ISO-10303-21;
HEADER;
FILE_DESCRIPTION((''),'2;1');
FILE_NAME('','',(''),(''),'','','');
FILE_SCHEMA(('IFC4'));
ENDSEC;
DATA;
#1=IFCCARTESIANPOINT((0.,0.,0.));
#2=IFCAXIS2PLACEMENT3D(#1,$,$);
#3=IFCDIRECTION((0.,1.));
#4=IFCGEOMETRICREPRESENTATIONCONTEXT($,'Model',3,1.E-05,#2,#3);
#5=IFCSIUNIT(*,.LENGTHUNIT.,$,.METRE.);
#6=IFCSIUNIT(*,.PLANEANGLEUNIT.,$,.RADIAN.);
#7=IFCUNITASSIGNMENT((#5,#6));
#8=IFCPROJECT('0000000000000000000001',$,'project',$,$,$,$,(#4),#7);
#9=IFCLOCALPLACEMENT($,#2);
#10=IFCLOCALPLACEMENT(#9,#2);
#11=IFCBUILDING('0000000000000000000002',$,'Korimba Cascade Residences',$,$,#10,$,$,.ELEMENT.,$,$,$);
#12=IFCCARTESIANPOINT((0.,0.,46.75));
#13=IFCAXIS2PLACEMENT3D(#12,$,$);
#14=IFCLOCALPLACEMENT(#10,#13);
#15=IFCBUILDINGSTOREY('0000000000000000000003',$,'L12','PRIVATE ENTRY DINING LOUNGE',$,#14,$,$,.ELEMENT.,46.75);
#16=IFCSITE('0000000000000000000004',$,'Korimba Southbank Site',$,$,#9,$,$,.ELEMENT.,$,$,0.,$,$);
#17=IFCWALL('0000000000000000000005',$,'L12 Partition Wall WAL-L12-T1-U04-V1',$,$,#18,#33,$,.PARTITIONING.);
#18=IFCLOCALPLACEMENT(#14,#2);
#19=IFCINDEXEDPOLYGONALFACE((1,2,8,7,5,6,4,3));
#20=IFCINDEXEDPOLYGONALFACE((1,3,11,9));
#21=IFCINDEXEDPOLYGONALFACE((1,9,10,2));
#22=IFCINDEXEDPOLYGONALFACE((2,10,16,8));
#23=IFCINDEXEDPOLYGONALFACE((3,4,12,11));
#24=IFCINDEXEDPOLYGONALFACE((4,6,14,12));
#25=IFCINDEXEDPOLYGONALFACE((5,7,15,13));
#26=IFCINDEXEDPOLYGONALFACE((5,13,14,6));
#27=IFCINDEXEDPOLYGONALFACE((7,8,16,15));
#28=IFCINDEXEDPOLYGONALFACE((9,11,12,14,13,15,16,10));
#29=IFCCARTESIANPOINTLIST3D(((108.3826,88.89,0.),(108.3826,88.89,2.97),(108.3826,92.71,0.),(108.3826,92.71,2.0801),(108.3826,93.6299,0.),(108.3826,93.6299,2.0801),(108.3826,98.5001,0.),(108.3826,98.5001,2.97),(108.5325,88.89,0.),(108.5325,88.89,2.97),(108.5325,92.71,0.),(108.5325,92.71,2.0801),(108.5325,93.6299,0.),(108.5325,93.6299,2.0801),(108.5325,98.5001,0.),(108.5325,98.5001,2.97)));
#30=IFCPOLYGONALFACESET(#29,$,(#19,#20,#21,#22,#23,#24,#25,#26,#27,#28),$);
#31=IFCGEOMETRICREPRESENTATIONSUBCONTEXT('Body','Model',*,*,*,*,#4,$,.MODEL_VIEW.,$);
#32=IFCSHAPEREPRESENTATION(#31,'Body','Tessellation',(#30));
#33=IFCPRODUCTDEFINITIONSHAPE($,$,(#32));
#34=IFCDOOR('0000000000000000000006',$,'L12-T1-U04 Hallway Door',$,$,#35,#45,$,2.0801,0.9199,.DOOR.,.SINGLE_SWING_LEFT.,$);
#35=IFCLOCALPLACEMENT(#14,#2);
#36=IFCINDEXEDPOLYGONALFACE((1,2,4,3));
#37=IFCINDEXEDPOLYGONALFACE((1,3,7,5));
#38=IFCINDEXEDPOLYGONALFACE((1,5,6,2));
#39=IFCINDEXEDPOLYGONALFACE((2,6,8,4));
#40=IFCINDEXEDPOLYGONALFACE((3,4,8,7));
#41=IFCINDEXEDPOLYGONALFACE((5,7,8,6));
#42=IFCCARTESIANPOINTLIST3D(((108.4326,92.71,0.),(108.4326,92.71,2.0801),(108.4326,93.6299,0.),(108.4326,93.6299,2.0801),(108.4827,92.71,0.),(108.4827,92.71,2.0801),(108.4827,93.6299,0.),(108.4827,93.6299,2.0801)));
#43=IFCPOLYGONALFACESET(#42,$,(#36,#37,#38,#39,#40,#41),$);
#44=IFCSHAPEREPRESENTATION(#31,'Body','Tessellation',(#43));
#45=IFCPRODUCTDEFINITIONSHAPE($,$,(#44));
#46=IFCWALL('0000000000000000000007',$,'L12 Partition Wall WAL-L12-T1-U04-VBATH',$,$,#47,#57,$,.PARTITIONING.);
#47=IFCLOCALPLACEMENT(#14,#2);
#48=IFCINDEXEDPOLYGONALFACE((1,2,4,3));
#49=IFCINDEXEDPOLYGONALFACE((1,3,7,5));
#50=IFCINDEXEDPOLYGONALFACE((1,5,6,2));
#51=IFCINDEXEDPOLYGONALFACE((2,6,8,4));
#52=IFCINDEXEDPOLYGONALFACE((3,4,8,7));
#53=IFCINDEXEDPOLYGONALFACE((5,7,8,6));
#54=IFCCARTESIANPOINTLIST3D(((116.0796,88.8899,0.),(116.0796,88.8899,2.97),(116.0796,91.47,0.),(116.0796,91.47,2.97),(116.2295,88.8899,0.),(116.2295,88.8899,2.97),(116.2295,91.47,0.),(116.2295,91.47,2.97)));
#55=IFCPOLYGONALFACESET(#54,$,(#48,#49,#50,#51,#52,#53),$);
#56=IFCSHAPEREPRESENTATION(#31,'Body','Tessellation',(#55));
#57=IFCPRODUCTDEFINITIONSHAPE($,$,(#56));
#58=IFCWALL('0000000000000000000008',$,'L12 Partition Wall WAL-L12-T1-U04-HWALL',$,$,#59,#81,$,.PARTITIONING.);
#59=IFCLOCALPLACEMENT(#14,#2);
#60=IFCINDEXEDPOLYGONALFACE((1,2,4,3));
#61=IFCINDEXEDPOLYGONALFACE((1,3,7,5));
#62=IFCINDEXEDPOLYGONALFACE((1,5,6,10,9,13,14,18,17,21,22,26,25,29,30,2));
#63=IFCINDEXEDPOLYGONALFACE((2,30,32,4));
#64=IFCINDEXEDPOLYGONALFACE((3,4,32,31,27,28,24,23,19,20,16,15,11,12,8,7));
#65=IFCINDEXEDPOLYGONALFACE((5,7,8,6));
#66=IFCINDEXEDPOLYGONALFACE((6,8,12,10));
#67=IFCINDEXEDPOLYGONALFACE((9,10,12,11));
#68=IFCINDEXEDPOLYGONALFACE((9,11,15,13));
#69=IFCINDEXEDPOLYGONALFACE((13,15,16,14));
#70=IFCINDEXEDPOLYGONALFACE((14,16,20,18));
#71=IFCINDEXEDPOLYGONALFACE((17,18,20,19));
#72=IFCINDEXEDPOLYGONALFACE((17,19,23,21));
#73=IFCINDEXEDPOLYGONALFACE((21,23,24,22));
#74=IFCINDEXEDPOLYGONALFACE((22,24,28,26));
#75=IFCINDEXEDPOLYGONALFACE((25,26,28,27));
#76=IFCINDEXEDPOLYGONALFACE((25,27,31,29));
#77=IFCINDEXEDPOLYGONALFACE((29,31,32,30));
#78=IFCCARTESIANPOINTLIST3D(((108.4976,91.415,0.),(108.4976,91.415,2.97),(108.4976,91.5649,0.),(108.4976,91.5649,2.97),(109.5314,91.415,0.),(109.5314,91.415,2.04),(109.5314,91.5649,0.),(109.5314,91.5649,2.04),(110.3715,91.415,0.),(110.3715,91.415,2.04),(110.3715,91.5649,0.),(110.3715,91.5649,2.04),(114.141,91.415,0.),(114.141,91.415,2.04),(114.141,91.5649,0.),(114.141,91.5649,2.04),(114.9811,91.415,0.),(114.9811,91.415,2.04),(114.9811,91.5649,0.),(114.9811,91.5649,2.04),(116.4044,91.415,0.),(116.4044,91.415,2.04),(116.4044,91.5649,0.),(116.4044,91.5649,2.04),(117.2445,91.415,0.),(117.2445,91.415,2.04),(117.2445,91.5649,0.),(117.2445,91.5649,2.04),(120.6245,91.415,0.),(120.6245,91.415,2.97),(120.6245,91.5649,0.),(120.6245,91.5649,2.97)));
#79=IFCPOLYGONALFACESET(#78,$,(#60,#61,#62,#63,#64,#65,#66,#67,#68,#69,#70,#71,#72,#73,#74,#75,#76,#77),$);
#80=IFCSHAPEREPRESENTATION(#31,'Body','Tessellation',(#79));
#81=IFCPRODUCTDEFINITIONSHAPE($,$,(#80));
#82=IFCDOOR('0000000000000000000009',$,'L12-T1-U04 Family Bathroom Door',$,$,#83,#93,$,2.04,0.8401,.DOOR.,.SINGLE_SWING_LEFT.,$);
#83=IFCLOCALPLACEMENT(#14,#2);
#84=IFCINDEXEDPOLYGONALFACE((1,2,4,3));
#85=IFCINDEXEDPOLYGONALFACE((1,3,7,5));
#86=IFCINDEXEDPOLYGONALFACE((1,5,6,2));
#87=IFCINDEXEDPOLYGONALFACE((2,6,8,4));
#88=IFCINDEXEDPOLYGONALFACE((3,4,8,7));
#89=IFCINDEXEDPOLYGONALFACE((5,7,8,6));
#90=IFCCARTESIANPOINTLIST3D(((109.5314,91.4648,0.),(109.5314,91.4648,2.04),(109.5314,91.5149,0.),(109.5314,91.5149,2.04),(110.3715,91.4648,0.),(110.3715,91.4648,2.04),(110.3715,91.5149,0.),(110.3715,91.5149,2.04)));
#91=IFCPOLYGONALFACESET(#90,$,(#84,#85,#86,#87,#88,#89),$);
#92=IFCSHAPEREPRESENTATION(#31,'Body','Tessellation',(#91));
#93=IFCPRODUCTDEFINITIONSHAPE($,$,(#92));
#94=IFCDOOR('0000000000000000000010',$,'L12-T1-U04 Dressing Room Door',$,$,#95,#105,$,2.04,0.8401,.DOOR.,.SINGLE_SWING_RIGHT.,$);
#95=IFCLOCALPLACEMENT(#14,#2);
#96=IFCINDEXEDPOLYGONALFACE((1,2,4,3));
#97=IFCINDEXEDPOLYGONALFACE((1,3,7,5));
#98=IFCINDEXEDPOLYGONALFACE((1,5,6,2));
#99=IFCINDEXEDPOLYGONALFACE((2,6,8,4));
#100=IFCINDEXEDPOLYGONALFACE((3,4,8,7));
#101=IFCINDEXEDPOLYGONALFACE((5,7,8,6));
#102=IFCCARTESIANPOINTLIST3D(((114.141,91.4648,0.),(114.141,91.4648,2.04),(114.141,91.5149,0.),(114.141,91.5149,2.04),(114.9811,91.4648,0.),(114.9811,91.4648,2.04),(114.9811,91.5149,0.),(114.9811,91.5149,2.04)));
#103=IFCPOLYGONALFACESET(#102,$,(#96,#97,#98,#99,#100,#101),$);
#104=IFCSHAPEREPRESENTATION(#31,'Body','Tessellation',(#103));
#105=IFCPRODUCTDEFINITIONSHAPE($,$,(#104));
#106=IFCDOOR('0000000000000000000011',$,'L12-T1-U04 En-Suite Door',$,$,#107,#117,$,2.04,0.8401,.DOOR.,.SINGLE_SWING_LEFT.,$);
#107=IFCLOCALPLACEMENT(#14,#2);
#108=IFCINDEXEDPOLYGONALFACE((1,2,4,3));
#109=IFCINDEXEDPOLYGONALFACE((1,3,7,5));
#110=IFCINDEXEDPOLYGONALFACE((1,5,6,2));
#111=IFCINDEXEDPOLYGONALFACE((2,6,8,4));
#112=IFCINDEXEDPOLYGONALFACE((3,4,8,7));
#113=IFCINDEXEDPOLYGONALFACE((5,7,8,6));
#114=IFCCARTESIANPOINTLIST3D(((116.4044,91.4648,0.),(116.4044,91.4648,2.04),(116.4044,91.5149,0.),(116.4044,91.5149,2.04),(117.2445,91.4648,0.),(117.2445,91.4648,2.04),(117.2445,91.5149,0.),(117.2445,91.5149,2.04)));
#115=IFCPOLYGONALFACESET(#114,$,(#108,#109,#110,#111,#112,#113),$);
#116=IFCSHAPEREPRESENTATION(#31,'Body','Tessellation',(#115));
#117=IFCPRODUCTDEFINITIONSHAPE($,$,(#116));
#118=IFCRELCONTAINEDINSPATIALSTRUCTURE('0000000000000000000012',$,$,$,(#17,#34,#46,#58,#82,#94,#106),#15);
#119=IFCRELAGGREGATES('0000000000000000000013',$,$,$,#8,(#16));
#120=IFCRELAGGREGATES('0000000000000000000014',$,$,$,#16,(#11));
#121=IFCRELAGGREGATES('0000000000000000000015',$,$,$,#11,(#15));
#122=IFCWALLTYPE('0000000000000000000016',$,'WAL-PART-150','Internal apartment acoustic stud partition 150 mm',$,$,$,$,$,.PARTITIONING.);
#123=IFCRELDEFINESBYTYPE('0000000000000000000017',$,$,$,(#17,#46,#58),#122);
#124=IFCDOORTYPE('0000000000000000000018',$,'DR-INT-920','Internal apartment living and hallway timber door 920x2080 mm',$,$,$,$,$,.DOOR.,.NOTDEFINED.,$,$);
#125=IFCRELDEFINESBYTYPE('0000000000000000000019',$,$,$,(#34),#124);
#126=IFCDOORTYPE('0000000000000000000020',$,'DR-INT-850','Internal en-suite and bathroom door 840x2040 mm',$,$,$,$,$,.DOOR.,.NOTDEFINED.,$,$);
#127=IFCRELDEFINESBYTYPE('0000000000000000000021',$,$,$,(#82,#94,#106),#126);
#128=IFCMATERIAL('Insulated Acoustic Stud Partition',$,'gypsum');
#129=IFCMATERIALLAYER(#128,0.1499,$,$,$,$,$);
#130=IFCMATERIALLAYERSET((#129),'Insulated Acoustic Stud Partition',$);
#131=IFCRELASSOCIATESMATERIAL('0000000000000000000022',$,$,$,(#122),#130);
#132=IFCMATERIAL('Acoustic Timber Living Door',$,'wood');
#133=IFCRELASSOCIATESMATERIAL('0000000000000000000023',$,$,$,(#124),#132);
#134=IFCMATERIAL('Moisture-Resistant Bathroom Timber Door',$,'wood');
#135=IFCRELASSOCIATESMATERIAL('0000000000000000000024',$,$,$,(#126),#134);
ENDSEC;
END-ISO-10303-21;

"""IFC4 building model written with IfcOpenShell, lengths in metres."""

from ifc_helpers import new_model, si_unit, direction, frame, frame_2d, origin, place, context, subcontext, project, spatial, rectangle, extrude, material, layer, layer_set, type_object, element, fill, save


model = new_model("IFC4")

# Units and contexts
model_context = context("Model", 3, precision=1e-05, world=origin(), true_north=direction((0.0, 1.0)))
body_context = subcontext(model_context, "Body", "Model", "MODEL_VIEW")
ifc_project = project(units=[si_unit("LENGTHUNIT", "METRE"), si_unit("PLANEANGLEUNIT", "RADIAN")], contexts=[model_context])

# Site, building, storey
site_placement = place(None, origin())
site = spatial("IfcSite", under=ifc_project, at=site_placement, Name="Korimba Southbank Site", CompositionType="ELEMENT", RefElevation=0.0)
building_placement = place(site_placement, origin())
building = spatial("IfcBuilding", under=site, at=building_placement, Name="Korimba Cascade Residences", CompositionType="ELEMENT")
storey_placement = place(building_placement, frame((0.0, 0.0, 46.75)))
storey = spatial("IfcBuildingStorey", under=building, at=storey_placement, Name="L12", Description="PRIVATE ENTRY DINING LOUNGE", CompositionType="ELEMENT", Elevation=46.75)

# Shared definitions
ifc_material_1 = material(Name="Insulated Acoustic Stud Partition", Category="gypsum")
ifc_layer = layer(ifc_material_1, 0.1499)
ifc_layer_set = layer_set([ifc_layer], Name="Insulated Acoustic Stud Partition")
wall_type = type_object("IfcWallType", Name="WAL-PART-150", Description="Internal apartment acoustic stud partition 150 mm", PredefinedType="PARTITIONING", material=ifc_layer_set)
ifc_material_2 = material(Name="Acoustic Timber Living Door", Category="wood")
door_type_1 = type_object("IfcDoorType", Name="DR-INT-920", Description="Internal apartment living and hallway timber door 920x2080 mm", OperationType="NOTDEFINED", PredefinedType="DOOR", material=ifc_material_2)

# Wall, opening, door
wall_1_placement = place(storey_placement, frame((108.4575, 88.8899, 0.0), z_axis=(0.0, 0.0, 1.0), x_axis=(0.0, 1.0, 0.0)))
wall_1 = element("IfcWall", 1, at=wall_1_placement, inside=storey, type_object=wall_type, Name="L12 Partition Wall WAL-L12-T1-U04-V1", PredefinedType="PARTITIONING", context=body_context, shape_type="SweptSolid", body=[
    extrude(rectangle(XDim=9.6101, YDim=0.1499, at=frame_2d((4.8052, 0.0))), origin(), (0.0, 0.0, 1.0), 2.97),
])
opening_1_placement = place(wall_1_placement, frame((3.8201, 0.0, 0.0)))
opening_1 = element("IfcOpeningElement", 2, at=opening_1_placement, cuts=wall_1, PredefinedType="OPENING", context=body_context, shape_type="SweptSolid", body=[
    extrude(rectangle(XDim=0.9199, YDim=2.0801, at=frame_2d((0.46, 1.04))), frame((0.0, 0.085, 0.0), z_axis=(0.0, -1.0, 0.0), x_axis=(1.0, 0.0, 0.0)), (0.0, 0.0, 1.0), 0.1699),
])
door_1_placement = place(opening_1_placement, origin())
door_1 = element("IfcDoor", 3, at=door_1_placement, inside=storey, type_object=door_type_1, Name="L12-T1-U04 Hallway Door", OperationType="SINGLE_SWING_LEFT", OverallHeight=2.0801, OverallWidth=0.9199, PredefinedType="DOOR", context=body_context, shape_type="SweptSolid", body=[
    extrude(rectangle(XDim=0.9199, YDim=2.0801, at=frame_2d((0.46, 1.04))), frame((0.0, 0.0249, 0.0), z_axis=(0.0, -1.0, 0.0), x_axis=(1.0, 0.0, 0.0)), (0.0, 0.0, 1.0), 0.05),
])
fill(opening_1, door_1)

# Wall
wall_2_placement = place(storey_placement, frame((116.1545, 88.8899, 0.0), z_axis=(0.0, 0.0, 1.0), x_axis=(0.0, 1.0, 0.0)))
element("IfcWall", 4, at=wall_2_placement, inside=storey, type_object=wall_type, Name="L12 Partition Wall WAL-L12-T1-U04-VBATH", PredefinedType="PARTITIONING", context=body_context, shape_type="SweptSolid", body=[
    extrude(rectangle(XDim=2.5801, YDim=0.1499, at=frame_2d((1.29, 0.0))), origin(), (0.0, 0.0, 1.0), 2.97),
])

# Wall, openings, doors
wall_3_placement = place(storey_placement, frame((108.4976, 91.49, 0.0), z_axis=(0.0, 0.0, 1.0), x_axis=(1.0, 0.0, 0.0)))
wall_3 = element("IfcWall", 5, at=wall_3_placement, inside=storey, type_object=wall_type, Name="L12 Partition Wall WAL-L12-T1-U04-HWALL", PredefinedType="PARTITIONING", context=body_context, shape_type="SweptSolid", body=[
    extrude(rectangle(XDim=12.127, YDim=0.1499, at=frame_2d((6.0635, 0.0))), origin(), (0.0, 0.0, 1.0), 2.97),
])
opening_2_placement = place(wall_3_placement, frame((1.0339, 0.0, 0.0)))
opening_2 = element("IfcOpeningElement", 6, at=opening_2_placement, cuts=wall_3, PredefinedType="OPENING", context=body_context, shape_type="SweptSolid", body=[
    extrude(rectangle(XDim=0.8401, YDim=2.04, at=frame_2d((0.4199, 1.02))), frame((0.0, 0.085, 0.0), z_axis=(0.0, -1.0, 0.0), x_axis=(1.0, 0.0, 0.0)), (0.0, 0.0, 1.0), 0.1699),
])
opening_3_placement = place(wall_3_placement, frame((5.6436, 0.0, 0.0)))
opening_3 = element("IfcOpeningElement", 7, at=opening_3_placement, cuts=wall_3, PredefinedType="OPENING", context=body_context, shape_type="SweptSolid", body=[
    extrude(rectangle(XDim=0.8401, YDim=2.04, at=frame_2d((0.4199, 1.02))), frame((0.0, 0.085, 0.0), z_axis=(0.0, -1.0, 0.0), x_axis=(1.0, 0.0, 0.0)), (0.0, 0.0, 1.0), 0.1699),
])
opening_4_placement = place(wall_3_placement, frame((7.907, 0.0, 0.0)))
opening_4 = element("IfcOpeningElement", 8, at=opening_4_placement, cuts=wall_3, PredefinedType="OPENING", context=body_context, shape_type="SweptSolid", body=[
    extrude(rectangle(XDim=0.8401, YDim=2.04, at=frame_2d((0.4199, 1.02))), frame((0.0, 0.085, 0.0), z_axis=(0.0, -1.0, 0.0), x_axis=(1.0, 0.0, 0.0)), (0.0, 0.0, 1.0), 0.1699),
])
ifc_material_3 = material(Name="Moisture-Resistant Bathroom Timber Door", Category="wood")
door_type_2 = type_object("IfcDoorType", Name="DR-INT-850", Description="Internal en-suite and bathroom door 840x2040 mm", OperationType="NOTDEFINED", PredefinedType="DOOR", material=ifc_material_3)
door_2_placement = place(opening_2_placement, origin())
door_2 = element("IfcDoor", 9, at=door_2_placement, inside=storey, type_object=door_type_2, Name="L12-T1-U04 Family Bathroom Door", OperationType="SINGLE_SWING_LEFT", OverallHeight=2.04, OverallWidth=0.8401, PredefinedType="DOOR", context=body_context, shape_type="SweptSolid", body=[
    extrude(rectangle(XDim=0.8401, YDim=2.04, at=frame_2d((0.4199, 1.02))), frame((0.0, 0.0249, 0.0), z_axis=(0.0, -1.0, 0.0), x_axis=(1.0, 0.0, 0.0)), (0.0, 0.0, 1.0), 0.05),
])
fill(opening_2, door_2)
door_3_placement = place(opening_3_placement, origin())
door_3 = element("IfcDoor", 10, at=door_3_placement, inside=storey, type_object=door_type_2, Name="L12-T1-U04 Dressing Room Door", OperationType="SINGLE_SWING_RIGHT", OverallHeight=2.04, OverallWidth=0.8401, PredefinedType="DOOR", context=body_context, shape_type="SweptSolid", body=[
    extrude(rectangle(XDim=0.8401, YDim=2.04, at=frame_2d((0.4199, 1.02))), frame((0.0, 0.0249, 0.0), z_axis=(0.0, -1.0, 0.0), x_axis=(1.0, 0.0, 0.0)), (0.0, 0.0, 1.0), 0.05),
])
fill(opening_3, door_3)
door_4_placement = place(opening_4_placement, origin())
door_4 = element("IfcDoor", 11, at=door_4_placement, inside=storey, type_object=door_type_2, Name="L12-T1-U04 En-Suite Door", OperationType="SINGLE_SWING_LEFT", OverallHeight=2.04, OverallWidth=0.8401, PredefinedType="DOOR", context=body_context, shape_type="SweptSolid", body=[
    extrude(rectangle(XDim=0.8401, YDim=2.04, at=frame_2d((0.4199, 1.02))), frame((0.0, 0.0249, 0.0), z_axis=(0.0, -1.0, 0.0), x_axis=(1.0, 0.0, 0.0)), (0.0, 0.0, 1.0), 0.05),
])
fill(opening_4, door_4)

save(model, "model.ifc")
